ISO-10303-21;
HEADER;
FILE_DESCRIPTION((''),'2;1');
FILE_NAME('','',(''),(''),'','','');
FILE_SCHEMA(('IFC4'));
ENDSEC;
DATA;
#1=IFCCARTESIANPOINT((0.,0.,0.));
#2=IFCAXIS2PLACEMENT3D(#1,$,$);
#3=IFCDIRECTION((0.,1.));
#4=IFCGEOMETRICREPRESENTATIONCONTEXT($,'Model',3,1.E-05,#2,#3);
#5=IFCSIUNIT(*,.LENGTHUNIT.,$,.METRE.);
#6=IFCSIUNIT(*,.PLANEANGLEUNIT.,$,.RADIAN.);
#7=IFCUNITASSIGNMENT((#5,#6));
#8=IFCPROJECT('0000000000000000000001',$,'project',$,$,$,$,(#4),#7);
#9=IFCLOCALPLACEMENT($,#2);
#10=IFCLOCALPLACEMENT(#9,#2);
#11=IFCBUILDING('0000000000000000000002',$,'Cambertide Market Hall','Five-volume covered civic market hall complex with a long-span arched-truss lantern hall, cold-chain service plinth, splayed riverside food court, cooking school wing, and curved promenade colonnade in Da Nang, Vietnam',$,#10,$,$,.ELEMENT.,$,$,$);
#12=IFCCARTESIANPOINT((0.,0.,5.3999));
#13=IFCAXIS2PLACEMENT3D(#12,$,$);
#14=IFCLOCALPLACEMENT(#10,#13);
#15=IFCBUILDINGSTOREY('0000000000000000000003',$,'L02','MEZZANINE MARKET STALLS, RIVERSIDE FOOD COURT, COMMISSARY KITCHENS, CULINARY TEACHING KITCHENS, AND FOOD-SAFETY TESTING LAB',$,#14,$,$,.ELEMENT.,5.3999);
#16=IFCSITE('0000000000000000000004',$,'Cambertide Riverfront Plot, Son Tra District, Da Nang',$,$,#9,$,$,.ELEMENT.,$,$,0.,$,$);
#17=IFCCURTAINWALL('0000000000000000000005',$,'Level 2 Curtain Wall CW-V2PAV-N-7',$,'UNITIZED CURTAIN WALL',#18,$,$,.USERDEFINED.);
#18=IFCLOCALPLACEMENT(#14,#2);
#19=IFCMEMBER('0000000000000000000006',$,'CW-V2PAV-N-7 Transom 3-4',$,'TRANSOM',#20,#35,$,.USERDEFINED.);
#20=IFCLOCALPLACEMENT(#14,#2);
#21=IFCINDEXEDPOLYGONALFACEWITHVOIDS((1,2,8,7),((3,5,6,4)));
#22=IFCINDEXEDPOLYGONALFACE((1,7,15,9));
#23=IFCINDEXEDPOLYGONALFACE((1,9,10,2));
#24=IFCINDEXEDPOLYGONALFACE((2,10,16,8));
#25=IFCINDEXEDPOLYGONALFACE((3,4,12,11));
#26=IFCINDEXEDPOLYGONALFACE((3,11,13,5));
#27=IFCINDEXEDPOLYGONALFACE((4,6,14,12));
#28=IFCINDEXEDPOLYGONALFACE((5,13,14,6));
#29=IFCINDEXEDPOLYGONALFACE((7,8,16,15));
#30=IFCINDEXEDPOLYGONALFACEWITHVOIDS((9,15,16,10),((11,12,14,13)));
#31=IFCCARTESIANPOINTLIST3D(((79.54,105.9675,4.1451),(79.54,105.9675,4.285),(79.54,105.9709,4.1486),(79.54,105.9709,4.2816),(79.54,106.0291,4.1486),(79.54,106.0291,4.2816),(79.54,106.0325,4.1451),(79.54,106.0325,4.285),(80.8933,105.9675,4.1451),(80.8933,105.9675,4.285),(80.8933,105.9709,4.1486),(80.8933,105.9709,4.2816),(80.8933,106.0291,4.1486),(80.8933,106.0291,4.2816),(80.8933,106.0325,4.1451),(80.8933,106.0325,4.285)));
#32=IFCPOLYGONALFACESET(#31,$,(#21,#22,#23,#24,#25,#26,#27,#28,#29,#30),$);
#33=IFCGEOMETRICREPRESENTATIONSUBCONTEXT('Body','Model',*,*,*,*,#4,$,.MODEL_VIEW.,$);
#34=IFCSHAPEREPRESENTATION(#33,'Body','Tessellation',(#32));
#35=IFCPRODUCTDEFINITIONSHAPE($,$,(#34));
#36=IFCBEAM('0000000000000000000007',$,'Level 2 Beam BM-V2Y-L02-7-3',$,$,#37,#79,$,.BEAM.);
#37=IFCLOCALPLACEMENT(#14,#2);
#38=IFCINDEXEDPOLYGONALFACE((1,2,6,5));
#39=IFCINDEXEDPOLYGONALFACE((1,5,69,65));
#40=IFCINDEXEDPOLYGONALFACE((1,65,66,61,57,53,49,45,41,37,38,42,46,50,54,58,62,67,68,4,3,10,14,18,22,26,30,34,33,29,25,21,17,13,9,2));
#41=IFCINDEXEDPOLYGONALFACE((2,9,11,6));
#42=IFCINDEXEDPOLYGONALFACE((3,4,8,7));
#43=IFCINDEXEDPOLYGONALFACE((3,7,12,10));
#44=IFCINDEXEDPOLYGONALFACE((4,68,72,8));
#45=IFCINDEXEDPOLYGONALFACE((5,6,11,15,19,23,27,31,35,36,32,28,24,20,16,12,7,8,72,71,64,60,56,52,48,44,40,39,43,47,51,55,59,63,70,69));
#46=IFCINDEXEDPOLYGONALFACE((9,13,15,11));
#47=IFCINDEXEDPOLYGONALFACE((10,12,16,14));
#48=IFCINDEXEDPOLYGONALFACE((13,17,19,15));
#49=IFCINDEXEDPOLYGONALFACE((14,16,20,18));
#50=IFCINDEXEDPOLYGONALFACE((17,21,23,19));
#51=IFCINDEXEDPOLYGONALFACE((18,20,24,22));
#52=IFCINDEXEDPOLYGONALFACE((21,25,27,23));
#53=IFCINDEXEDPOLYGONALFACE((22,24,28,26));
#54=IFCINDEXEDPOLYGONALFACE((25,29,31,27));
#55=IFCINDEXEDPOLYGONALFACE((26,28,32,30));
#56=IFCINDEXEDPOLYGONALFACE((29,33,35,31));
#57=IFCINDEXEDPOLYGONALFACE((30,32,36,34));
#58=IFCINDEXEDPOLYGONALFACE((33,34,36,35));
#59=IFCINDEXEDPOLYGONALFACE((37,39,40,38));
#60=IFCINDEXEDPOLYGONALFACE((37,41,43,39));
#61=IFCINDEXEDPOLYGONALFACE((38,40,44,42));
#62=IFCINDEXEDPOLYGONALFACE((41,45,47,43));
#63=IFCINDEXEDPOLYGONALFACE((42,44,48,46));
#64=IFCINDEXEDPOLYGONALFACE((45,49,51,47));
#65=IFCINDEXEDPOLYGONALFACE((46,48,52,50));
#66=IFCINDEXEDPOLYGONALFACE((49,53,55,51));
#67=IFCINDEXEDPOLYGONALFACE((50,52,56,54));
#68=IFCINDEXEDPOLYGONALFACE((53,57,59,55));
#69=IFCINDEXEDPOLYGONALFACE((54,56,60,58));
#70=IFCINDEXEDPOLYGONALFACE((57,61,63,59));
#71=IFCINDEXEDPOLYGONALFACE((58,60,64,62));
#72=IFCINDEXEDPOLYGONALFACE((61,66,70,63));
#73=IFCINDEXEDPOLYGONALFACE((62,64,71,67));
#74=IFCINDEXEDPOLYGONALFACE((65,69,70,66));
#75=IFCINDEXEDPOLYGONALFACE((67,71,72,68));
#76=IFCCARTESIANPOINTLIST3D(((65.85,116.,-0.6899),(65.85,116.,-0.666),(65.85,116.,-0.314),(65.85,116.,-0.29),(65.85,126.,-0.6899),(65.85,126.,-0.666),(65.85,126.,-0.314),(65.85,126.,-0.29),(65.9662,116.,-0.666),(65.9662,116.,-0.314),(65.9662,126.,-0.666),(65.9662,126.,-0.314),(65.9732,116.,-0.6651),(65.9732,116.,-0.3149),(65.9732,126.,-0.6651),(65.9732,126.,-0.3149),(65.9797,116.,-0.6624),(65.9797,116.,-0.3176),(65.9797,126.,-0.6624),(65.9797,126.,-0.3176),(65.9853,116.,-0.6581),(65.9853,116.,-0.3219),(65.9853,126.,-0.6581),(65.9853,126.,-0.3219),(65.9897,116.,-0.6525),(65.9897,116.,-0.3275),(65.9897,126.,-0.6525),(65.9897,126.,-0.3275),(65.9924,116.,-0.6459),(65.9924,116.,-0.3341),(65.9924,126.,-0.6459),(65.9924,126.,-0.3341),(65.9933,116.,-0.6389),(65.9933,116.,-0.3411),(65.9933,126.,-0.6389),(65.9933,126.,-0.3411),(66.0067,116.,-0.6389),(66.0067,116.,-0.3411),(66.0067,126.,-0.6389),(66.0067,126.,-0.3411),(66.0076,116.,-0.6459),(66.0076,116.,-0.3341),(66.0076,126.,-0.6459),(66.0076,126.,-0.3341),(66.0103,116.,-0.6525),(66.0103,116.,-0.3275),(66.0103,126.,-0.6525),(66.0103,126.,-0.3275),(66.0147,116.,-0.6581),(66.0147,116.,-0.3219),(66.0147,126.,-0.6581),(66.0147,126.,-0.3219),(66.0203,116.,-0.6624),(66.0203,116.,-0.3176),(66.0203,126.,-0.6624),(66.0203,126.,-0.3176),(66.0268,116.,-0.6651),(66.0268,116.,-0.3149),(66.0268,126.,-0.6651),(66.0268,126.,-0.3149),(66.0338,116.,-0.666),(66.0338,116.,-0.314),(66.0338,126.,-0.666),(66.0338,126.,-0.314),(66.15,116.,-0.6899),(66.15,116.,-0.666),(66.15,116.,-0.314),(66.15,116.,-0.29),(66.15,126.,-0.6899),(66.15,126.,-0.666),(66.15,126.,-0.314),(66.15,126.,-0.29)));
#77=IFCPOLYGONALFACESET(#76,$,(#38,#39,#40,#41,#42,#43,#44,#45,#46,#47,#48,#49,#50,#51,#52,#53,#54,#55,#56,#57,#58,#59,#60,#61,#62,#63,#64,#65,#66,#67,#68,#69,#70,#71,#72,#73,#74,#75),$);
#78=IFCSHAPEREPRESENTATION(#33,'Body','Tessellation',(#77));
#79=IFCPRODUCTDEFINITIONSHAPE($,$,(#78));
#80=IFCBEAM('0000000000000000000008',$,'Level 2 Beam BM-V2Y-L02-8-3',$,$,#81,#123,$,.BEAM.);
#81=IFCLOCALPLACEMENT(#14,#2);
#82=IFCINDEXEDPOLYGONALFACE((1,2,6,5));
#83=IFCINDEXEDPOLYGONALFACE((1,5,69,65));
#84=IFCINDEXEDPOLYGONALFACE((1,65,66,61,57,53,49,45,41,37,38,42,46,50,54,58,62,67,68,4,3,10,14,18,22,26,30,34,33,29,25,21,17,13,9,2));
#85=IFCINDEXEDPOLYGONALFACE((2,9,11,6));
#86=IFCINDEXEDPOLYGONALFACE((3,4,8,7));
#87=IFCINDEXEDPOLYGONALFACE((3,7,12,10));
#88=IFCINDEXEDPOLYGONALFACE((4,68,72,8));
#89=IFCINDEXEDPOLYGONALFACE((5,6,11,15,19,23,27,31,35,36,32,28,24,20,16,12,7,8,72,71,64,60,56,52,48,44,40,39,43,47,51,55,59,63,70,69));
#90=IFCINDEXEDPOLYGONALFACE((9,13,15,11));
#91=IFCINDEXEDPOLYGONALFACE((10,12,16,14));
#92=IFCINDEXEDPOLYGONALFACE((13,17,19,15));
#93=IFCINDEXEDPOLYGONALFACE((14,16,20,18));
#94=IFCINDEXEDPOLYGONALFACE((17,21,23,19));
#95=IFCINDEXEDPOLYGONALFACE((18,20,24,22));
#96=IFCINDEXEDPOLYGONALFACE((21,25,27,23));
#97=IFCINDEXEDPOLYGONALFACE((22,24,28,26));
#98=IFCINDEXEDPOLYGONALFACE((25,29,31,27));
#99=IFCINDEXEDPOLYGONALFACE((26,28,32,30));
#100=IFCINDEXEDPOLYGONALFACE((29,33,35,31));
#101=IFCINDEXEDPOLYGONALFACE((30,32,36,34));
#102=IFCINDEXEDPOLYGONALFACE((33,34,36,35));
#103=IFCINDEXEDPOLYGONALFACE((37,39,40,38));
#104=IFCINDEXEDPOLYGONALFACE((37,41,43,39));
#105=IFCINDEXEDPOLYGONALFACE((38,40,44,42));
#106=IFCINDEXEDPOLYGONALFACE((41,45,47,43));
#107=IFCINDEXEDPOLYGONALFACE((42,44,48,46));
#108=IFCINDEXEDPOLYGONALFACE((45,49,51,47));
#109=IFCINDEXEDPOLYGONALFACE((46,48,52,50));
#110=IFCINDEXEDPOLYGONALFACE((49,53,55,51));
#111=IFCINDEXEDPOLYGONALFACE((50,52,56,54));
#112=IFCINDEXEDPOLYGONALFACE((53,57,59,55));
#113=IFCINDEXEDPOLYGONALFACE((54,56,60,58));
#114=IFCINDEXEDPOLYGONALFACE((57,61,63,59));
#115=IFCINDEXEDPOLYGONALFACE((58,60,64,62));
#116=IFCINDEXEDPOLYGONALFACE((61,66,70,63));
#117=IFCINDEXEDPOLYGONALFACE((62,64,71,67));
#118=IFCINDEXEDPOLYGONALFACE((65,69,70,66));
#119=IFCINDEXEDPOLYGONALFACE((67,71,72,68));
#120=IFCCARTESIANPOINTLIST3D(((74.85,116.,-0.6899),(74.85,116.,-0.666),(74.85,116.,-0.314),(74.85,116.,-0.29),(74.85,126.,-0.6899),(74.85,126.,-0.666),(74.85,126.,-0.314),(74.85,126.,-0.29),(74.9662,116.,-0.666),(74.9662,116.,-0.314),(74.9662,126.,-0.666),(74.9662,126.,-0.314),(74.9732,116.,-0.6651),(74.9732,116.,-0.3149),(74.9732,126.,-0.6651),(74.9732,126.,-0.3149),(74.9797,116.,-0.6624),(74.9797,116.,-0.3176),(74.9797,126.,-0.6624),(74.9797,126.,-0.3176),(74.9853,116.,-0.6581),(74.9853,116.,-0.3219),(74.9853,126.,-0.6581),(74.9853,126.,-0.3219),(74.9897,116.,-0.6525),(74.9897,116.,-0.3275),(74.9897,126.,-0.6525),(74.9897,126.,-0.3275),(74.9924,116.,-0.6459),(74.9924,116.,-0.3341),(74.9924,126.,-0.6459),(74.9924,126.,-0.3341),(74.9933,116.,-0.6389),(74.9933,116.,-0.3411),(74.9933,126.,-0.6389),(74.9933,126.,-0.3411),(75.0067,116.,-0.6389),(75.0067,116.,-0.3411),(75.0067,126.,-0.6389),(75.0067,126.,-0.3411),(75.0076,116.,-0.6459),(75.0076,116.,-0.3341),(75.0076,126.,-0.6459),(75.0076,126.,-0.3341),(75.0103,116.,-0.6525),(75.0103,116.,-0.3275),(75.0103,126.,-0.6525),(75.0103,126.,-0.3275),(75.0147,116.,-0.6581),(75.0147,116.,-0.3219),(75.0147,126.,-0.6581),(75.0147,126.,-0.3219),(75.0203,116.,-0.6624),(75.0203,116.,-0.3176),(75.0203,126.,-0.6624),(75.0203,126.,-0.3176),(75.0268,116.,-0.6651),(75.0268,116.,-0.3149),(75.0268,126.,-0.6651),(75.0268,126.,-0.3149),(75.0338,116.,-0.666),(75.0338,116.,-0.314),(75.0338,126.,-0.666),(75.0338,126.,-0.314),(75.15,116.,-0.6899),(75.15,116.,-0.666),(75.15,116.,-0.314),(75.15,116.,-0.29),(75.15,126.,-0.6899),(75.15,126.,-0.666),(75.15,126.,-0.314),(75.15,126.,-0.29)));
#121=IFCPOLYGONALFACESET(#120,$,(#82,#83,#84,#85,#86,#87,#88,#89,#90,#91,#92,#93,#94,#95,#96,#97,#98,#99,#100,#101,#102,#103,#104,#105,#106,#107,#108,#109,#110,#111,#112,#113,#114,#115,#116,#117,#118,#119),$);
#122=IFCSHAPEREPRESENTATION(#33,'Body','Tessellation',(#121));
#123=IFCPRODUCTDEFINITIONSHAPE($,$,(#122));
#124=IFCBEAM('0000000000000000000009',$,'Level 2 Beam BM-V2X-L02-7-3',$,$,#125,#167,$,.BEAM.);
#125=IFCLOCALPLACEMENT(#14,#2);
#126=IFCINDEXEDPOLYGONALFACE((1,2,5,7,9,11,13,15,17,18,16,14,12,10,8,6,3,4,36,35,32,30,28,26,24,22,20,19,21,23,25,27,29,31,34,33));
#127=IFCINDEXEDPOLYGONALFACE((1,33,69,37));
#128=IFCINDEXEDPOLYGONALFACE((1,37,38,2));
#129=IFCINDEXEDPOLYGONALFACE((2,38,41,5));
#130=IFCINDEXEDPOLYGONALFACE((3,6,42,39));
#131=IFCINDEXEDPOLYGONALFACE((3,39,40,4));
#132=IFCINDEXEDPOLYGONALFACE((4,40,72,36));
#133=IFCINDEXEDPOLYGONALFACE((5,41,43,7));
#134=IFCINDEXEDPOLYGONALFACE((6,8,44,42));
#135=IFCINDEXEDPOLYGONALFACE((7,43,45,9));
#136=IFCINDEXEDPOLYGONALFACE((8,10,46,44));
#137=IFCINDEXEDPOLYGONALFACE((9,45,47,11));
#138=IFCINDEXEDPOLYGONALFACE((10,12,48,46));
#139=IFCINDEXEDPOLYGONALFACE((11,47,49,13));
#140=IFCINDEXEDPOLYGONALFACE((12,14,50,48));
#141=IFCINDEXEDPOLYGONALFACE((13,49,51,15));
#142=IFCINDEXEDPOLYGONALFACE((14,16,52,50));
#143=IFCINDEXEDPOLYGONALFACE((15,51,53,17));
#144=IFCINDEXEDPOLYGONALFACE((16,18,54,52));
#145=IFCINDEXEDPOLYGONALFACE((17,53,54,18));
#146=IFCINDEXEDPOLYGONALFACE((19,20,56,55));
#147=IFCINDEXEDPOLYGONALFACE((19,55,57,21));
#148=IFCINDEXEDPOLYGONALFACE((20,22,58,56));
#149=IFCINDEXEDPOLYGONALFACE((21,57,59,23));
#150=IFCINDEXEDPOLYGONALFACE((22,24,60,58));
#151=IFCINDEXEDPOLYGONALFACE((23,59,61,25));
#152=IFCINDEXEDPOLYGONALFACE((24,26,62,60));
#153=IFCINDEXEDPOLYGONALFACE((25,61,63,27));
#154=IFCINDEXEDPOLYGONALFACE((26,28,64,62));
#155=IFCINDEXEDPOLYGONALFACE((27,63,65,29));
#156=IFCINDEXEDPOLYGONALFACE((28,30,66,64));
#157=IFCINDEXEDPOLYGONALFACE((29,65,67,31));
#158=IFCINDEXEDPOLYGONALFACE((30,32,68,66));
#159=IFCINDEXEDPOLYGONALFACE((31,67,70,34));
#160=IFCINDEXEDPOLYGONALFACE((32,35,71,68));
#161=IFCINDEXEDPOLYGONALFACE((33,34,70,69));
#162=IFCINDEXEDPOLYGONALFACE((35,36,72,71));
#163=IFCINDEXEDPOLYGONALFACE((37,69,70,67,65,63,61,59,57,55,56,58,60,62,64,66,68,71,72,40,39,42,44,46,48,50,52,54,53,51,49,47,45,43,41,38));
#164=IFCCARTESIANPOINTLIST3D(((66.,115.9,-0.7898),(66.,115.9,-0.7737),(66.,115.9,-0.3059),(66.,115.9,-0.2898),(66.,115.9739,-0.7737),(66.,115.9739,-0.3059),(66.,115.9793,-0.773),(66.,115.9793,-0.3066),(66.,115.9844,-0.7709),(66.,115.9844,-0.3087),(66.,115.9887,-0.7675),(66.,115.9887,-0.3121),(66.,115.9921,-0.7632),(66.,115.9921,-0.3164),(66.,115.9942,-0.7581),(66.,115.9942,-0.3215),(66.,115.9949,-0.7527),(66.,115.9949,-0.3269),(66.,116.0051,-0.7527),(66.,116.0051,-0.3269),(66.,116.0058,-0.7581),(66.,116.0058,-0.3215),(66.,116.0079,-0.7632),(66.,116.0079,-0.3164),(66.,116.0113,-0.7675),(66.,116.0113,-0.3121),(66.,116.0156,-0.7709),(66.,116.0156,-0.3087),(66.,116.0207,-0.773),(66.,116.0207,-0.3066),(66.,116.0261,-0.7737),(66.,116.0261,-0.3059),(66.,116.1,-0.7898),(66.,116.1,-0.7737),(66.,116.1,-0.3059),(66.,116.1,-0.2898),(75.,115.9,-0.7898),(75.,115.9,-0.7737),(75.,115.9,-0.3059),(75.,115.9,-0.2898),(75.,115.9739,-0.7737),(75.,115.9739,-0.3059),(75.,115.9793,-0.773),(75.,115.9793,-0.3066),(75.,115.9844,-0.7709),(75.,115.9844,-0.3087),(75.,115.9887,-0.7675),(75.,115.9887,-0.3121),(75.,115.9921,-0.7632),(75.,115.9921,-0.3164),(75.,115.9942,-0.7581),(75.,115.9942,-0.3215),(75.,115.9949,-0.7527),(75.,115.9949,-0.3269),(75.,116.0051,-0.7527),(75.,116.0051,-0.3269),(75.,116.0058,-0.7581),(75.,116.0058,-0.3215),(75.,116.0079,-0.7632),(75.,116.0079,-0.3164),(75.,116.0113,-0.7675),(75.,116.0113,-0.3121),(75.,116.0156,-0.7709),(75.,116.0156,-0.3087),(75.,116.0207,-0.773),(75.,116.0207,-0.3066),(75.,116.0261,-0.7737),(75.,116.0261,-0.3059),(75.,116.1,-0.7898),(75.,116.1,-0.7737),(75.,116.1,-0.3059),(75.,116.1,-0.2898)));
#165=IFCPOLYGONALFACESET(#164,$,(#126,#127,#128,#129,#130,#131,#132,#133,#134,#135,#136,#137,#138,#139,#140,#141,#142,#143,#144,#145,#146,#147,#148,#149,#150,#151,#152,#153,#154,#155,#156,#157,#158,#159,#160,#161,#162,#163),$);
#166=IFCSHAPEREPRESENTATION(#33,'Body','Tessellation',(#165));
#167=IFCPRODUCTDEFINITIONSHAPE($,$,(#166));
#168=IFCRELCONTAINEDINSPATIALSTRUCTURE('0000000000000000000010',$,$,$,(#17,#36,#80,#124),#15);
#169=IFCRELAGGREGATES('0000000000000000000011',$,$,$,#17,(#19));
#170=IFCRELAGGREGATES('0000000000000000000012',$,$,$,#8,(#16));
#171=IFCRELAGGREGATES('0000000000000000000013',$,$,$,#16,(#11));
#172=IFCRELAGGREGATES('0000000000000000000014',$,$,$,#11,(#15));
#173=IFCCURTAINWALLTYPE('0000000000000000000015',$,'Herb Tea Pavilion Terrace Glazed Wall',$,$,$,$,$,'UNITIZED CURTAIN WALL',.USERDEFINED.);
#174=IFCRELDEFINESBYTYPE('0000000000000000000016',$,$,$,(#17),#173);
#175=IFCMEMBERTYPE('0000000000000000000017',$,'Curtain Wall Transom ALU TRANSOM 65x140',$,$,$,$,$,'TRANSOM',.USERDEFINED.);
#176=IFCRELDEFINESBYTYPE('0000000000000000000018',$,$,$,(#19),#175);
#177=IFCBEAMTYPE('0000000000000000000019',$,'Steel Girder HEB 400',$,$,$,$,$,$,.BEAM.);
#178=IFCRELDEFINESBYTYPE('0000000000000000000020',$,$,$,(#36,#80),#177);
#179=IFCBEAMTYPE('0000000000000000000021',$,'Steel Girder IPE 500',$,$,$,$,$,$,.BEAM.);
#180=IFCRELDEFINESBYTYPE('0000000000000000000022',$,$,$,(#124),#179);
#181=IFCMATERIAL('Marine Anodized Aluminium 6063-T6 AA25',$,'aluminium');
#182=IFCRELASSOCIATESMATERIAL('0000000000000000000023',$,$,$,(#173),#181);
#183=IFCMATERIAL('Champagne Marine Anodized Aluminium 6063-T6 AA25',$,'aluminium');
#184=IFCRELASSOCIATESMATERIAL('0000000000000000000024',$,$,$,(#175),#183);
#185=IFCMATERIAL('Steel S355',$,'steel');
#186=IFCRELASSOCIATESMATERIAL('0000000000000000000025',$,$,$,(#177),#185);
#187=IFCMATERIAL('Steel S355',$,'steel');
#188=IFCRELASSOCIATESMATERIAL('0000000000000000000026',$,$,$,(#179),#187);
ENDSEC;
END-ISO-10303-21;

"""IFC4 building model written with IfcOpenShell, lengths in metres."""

from ifc_helpers import new_model, si_unit, direction, frame, origin, origin_2d, place, context, subcontext, project, spatial, hollow_rectangle, i_section, extrude, material, material_profile, profile_set, type_object, element, aggregate, save


model = new_model("IFC4")

# Units and contexts
model_context = context("Model", 3, precision=1e-05, world=origin(), true_north=direction((0.0, 1.0)))
body_context = subcontext(model_context, "Body", "Model", "MODEL_VIEW")
ifc_project = project(units=[si_unit("LENGTHUNIT", "METRE"), si_unit("PLANEANGLEUNIT", "RADIAN")], contexts=[model_context])

# Site, building, storey
site_placement = place(None, origin())
site = spatial("IfcSite", under=ifc_project, at=site_placement, Name="Cambertide Riverfront Plot, Son Tra District, Da Nang", CompositionType="ELEMENT", RefElevation=0.0)
building_placement = place(site_placement, origin())
building = spatial("IfcBuilding", under=site, at=building_placement, Name="Cambertide Market Hall", Description="Five-volume covered civic market hall complex with a long-span arched-truss lantern hall, cold-chain service plinth, splayed riverside food court, cooking school wing, and curved promenade colonnade in Da Nang, Vietnam", CompositionType="ELEMENT")
storey_placement = place(building_placement, frame((0.0, 0.0, 5.3999)))
storey = spatial("IfcBuildingStorey", under=building, at=storey_placement, Name="L02", Description="MEZZANINE MARKET STALLS, RIVERSIDE FOOD COURT, COMMISSARY KITCHENS, CULINARY TEACHING KITCHENS, AND FOOD-SAFETY TESTING LAB", CompositionType="ELEMENT", Elevation=5.3999)

# Curtain wall, member
ifc_material_1 = material(Name="Marine Anodized Aluminium 6063-T6 AA25", Category="aluminium")
curtain_wall_type = type_object("IfcCurtainWallType", Name="Herb Tea Pavilion Terrace Glazed Wall", ElementType="UNITIZED CURTAIN WALL", PredefinedType="USERDEFINED", material=ifc_material_1)
curtain_wall_placement = place(storey_placement, origin())
curtain_wall = element("IfcCurtainWall", 1, at=curtain_wall_placement, inside=storey, type_object=curtain_wall_type, Name="Level 2 Curtain Wall CW-V2PAV-N-7", ObjectType="UNITIZED CURTAIN WALL", PredefinedType="USERDEFINED")
ifc_material_2 = material(Name="Champagne Marine Anodized Aluminium 6063-T6 AA25", Category="aluminium")
ifc_material_profile_1 = material_profile(ifc_material_2, hollow_rectangle(XDim=0.0649, YDim=0.1399, WallThickness=0.0034, at=origin_2d()), Name="ALU TRANSOM 65x140")
ifc_profile_set_1 = profile_set([ifc_material_profile_1], Name="Champagne Marine Anodized Aluminium 6063-T6 AA25")
member_type_1 = type_object("IfcMemberType", Name="Curtain Wall Transom ALU TRANSOM 65x140", ElementType="TRANSOM", PredefinedType="USERDEFINED", material=ifc_profile_set_1)
member_1_placement = place(storey_placement, frame((79.54, 106.0, 4.2151), z_axis=(1.0, 0.0, 0.0), x_axis=(0.0, 1.0, 0.0)))
member_1 = element("IfcMember", 2, at=member_1_placement, type_object=member_type_1, Name="CW-V2PAV-N-7 Transom 3-4", ObjectType="TRANSOM", PredefinedType="USERDEFINED", context=body_context, shape_type="SweptSolid", body=[
    extrude(hollow_rectangle(XDim=0.0649, YDim=0.1399, WallThickness=0.0034, at=origin_2d()), origin(), (0.0, 0.0, 1.0), 1.3533),
])

# Beams
ifc_material_3 = material(Name="Steel S355", Category="steel")
ifc_material_profile_2 = material_profile(ifc_material_3, i_section(OverallWidth=0.3, OverallDepth=0.3999, WebThickness=0.0134, FlangeThickness=0.0239, FilletRadius=0.0271, at=origin_2d()), Name="HEB 400")
ifc_profile_set_2 = profile_set([ifc_material_profile_2], Name="Steel S355")
beam_type_1 = type_object("IfcBeamType", Name="Steel Girder HEB 400", PredefinedType="BEAM", material=ifc_profile_set_2)
for number, where, z_axis, x_axis, name in (
    (3, (66.0, 116.0, -0.49), (0.0, 1.0, 0.0), (-1.0, 0.0, 0.0), "Level 2 Beam BM-V2Y-L02-7-3"),
    (4, (75.0, 116.0, -0.49), (0.0, 1.0, 0.0), (-1.0, 0.0, 0.0), "Level 2 Beam BM-V2Y-L02-8-3"),
):
    element("IfcBeam", number, at=place(storey_placement, frame(where, z_axis=z_axis, x_axis=x_axis)), inside=storey, type_object=beam_type_1, Name=name, PredefinedType="BEAM", context=body_context, shape_type="SweptSolid", body=[
        extrude(i_section(OverallWidth=0.3, OverallDepth=0.3999, WebThickness=0.0134, FlangeThickness=0.0239, FilletRadius=0.0271, at=origin_2d()), origin(), (0.0, 0.0, 1.0), 10.0),
    ])
ifc_material_4 = material(Name="Steel S355", Category="steel")
ifc_material_profile_3 = material_profile(ifc_material_4, i_section(OverallWidth=0.2, OverallDepth=0.5, WebThickness=0.0103, FlangeThickness=0.0161, FilletRadius=0.021, at=origin_2d()), Name="IPE 500")
ifc_profile_set_3 = profile_set([ifc_material_profile_3], Name="Steel S355")
beam_type_2 = type_object("IfcBeamType", Name="Steel Girder IPE 500", PredefinedType="BEAM", material=ifc_profile_set_3)
for number, where, z_axis, x_axis, name in (
    (5, (66.0, 116.0, -0.5398), (1.0, 0.0, 0.0), (0.0, 1.0, 0.0), "Level 2 Beam BM-V2X-L02-7-3"),
):
    element("IfcBeam", number, at=place(storey_placement, frame(where, z_axis=z_axis, x_axis=x_axis)), inside=storey, type_object=beam_type_2, Name=name, PredefinedType="BEAM", context=body_context, shape_type="SweptSolid", body=[
        extrude(i_section(OverallWidth=0.2, OverallDepth=0.5, WebThickness=0.0103, FlangeThickness=0.0161, FilletRadius=0.021, at=origin_2d()), origin(), (0.0, 0.0, 1.0), 9.0),
    ])

aggregate(curtain_wall, [member_1])

save(model, "model.ifc")
